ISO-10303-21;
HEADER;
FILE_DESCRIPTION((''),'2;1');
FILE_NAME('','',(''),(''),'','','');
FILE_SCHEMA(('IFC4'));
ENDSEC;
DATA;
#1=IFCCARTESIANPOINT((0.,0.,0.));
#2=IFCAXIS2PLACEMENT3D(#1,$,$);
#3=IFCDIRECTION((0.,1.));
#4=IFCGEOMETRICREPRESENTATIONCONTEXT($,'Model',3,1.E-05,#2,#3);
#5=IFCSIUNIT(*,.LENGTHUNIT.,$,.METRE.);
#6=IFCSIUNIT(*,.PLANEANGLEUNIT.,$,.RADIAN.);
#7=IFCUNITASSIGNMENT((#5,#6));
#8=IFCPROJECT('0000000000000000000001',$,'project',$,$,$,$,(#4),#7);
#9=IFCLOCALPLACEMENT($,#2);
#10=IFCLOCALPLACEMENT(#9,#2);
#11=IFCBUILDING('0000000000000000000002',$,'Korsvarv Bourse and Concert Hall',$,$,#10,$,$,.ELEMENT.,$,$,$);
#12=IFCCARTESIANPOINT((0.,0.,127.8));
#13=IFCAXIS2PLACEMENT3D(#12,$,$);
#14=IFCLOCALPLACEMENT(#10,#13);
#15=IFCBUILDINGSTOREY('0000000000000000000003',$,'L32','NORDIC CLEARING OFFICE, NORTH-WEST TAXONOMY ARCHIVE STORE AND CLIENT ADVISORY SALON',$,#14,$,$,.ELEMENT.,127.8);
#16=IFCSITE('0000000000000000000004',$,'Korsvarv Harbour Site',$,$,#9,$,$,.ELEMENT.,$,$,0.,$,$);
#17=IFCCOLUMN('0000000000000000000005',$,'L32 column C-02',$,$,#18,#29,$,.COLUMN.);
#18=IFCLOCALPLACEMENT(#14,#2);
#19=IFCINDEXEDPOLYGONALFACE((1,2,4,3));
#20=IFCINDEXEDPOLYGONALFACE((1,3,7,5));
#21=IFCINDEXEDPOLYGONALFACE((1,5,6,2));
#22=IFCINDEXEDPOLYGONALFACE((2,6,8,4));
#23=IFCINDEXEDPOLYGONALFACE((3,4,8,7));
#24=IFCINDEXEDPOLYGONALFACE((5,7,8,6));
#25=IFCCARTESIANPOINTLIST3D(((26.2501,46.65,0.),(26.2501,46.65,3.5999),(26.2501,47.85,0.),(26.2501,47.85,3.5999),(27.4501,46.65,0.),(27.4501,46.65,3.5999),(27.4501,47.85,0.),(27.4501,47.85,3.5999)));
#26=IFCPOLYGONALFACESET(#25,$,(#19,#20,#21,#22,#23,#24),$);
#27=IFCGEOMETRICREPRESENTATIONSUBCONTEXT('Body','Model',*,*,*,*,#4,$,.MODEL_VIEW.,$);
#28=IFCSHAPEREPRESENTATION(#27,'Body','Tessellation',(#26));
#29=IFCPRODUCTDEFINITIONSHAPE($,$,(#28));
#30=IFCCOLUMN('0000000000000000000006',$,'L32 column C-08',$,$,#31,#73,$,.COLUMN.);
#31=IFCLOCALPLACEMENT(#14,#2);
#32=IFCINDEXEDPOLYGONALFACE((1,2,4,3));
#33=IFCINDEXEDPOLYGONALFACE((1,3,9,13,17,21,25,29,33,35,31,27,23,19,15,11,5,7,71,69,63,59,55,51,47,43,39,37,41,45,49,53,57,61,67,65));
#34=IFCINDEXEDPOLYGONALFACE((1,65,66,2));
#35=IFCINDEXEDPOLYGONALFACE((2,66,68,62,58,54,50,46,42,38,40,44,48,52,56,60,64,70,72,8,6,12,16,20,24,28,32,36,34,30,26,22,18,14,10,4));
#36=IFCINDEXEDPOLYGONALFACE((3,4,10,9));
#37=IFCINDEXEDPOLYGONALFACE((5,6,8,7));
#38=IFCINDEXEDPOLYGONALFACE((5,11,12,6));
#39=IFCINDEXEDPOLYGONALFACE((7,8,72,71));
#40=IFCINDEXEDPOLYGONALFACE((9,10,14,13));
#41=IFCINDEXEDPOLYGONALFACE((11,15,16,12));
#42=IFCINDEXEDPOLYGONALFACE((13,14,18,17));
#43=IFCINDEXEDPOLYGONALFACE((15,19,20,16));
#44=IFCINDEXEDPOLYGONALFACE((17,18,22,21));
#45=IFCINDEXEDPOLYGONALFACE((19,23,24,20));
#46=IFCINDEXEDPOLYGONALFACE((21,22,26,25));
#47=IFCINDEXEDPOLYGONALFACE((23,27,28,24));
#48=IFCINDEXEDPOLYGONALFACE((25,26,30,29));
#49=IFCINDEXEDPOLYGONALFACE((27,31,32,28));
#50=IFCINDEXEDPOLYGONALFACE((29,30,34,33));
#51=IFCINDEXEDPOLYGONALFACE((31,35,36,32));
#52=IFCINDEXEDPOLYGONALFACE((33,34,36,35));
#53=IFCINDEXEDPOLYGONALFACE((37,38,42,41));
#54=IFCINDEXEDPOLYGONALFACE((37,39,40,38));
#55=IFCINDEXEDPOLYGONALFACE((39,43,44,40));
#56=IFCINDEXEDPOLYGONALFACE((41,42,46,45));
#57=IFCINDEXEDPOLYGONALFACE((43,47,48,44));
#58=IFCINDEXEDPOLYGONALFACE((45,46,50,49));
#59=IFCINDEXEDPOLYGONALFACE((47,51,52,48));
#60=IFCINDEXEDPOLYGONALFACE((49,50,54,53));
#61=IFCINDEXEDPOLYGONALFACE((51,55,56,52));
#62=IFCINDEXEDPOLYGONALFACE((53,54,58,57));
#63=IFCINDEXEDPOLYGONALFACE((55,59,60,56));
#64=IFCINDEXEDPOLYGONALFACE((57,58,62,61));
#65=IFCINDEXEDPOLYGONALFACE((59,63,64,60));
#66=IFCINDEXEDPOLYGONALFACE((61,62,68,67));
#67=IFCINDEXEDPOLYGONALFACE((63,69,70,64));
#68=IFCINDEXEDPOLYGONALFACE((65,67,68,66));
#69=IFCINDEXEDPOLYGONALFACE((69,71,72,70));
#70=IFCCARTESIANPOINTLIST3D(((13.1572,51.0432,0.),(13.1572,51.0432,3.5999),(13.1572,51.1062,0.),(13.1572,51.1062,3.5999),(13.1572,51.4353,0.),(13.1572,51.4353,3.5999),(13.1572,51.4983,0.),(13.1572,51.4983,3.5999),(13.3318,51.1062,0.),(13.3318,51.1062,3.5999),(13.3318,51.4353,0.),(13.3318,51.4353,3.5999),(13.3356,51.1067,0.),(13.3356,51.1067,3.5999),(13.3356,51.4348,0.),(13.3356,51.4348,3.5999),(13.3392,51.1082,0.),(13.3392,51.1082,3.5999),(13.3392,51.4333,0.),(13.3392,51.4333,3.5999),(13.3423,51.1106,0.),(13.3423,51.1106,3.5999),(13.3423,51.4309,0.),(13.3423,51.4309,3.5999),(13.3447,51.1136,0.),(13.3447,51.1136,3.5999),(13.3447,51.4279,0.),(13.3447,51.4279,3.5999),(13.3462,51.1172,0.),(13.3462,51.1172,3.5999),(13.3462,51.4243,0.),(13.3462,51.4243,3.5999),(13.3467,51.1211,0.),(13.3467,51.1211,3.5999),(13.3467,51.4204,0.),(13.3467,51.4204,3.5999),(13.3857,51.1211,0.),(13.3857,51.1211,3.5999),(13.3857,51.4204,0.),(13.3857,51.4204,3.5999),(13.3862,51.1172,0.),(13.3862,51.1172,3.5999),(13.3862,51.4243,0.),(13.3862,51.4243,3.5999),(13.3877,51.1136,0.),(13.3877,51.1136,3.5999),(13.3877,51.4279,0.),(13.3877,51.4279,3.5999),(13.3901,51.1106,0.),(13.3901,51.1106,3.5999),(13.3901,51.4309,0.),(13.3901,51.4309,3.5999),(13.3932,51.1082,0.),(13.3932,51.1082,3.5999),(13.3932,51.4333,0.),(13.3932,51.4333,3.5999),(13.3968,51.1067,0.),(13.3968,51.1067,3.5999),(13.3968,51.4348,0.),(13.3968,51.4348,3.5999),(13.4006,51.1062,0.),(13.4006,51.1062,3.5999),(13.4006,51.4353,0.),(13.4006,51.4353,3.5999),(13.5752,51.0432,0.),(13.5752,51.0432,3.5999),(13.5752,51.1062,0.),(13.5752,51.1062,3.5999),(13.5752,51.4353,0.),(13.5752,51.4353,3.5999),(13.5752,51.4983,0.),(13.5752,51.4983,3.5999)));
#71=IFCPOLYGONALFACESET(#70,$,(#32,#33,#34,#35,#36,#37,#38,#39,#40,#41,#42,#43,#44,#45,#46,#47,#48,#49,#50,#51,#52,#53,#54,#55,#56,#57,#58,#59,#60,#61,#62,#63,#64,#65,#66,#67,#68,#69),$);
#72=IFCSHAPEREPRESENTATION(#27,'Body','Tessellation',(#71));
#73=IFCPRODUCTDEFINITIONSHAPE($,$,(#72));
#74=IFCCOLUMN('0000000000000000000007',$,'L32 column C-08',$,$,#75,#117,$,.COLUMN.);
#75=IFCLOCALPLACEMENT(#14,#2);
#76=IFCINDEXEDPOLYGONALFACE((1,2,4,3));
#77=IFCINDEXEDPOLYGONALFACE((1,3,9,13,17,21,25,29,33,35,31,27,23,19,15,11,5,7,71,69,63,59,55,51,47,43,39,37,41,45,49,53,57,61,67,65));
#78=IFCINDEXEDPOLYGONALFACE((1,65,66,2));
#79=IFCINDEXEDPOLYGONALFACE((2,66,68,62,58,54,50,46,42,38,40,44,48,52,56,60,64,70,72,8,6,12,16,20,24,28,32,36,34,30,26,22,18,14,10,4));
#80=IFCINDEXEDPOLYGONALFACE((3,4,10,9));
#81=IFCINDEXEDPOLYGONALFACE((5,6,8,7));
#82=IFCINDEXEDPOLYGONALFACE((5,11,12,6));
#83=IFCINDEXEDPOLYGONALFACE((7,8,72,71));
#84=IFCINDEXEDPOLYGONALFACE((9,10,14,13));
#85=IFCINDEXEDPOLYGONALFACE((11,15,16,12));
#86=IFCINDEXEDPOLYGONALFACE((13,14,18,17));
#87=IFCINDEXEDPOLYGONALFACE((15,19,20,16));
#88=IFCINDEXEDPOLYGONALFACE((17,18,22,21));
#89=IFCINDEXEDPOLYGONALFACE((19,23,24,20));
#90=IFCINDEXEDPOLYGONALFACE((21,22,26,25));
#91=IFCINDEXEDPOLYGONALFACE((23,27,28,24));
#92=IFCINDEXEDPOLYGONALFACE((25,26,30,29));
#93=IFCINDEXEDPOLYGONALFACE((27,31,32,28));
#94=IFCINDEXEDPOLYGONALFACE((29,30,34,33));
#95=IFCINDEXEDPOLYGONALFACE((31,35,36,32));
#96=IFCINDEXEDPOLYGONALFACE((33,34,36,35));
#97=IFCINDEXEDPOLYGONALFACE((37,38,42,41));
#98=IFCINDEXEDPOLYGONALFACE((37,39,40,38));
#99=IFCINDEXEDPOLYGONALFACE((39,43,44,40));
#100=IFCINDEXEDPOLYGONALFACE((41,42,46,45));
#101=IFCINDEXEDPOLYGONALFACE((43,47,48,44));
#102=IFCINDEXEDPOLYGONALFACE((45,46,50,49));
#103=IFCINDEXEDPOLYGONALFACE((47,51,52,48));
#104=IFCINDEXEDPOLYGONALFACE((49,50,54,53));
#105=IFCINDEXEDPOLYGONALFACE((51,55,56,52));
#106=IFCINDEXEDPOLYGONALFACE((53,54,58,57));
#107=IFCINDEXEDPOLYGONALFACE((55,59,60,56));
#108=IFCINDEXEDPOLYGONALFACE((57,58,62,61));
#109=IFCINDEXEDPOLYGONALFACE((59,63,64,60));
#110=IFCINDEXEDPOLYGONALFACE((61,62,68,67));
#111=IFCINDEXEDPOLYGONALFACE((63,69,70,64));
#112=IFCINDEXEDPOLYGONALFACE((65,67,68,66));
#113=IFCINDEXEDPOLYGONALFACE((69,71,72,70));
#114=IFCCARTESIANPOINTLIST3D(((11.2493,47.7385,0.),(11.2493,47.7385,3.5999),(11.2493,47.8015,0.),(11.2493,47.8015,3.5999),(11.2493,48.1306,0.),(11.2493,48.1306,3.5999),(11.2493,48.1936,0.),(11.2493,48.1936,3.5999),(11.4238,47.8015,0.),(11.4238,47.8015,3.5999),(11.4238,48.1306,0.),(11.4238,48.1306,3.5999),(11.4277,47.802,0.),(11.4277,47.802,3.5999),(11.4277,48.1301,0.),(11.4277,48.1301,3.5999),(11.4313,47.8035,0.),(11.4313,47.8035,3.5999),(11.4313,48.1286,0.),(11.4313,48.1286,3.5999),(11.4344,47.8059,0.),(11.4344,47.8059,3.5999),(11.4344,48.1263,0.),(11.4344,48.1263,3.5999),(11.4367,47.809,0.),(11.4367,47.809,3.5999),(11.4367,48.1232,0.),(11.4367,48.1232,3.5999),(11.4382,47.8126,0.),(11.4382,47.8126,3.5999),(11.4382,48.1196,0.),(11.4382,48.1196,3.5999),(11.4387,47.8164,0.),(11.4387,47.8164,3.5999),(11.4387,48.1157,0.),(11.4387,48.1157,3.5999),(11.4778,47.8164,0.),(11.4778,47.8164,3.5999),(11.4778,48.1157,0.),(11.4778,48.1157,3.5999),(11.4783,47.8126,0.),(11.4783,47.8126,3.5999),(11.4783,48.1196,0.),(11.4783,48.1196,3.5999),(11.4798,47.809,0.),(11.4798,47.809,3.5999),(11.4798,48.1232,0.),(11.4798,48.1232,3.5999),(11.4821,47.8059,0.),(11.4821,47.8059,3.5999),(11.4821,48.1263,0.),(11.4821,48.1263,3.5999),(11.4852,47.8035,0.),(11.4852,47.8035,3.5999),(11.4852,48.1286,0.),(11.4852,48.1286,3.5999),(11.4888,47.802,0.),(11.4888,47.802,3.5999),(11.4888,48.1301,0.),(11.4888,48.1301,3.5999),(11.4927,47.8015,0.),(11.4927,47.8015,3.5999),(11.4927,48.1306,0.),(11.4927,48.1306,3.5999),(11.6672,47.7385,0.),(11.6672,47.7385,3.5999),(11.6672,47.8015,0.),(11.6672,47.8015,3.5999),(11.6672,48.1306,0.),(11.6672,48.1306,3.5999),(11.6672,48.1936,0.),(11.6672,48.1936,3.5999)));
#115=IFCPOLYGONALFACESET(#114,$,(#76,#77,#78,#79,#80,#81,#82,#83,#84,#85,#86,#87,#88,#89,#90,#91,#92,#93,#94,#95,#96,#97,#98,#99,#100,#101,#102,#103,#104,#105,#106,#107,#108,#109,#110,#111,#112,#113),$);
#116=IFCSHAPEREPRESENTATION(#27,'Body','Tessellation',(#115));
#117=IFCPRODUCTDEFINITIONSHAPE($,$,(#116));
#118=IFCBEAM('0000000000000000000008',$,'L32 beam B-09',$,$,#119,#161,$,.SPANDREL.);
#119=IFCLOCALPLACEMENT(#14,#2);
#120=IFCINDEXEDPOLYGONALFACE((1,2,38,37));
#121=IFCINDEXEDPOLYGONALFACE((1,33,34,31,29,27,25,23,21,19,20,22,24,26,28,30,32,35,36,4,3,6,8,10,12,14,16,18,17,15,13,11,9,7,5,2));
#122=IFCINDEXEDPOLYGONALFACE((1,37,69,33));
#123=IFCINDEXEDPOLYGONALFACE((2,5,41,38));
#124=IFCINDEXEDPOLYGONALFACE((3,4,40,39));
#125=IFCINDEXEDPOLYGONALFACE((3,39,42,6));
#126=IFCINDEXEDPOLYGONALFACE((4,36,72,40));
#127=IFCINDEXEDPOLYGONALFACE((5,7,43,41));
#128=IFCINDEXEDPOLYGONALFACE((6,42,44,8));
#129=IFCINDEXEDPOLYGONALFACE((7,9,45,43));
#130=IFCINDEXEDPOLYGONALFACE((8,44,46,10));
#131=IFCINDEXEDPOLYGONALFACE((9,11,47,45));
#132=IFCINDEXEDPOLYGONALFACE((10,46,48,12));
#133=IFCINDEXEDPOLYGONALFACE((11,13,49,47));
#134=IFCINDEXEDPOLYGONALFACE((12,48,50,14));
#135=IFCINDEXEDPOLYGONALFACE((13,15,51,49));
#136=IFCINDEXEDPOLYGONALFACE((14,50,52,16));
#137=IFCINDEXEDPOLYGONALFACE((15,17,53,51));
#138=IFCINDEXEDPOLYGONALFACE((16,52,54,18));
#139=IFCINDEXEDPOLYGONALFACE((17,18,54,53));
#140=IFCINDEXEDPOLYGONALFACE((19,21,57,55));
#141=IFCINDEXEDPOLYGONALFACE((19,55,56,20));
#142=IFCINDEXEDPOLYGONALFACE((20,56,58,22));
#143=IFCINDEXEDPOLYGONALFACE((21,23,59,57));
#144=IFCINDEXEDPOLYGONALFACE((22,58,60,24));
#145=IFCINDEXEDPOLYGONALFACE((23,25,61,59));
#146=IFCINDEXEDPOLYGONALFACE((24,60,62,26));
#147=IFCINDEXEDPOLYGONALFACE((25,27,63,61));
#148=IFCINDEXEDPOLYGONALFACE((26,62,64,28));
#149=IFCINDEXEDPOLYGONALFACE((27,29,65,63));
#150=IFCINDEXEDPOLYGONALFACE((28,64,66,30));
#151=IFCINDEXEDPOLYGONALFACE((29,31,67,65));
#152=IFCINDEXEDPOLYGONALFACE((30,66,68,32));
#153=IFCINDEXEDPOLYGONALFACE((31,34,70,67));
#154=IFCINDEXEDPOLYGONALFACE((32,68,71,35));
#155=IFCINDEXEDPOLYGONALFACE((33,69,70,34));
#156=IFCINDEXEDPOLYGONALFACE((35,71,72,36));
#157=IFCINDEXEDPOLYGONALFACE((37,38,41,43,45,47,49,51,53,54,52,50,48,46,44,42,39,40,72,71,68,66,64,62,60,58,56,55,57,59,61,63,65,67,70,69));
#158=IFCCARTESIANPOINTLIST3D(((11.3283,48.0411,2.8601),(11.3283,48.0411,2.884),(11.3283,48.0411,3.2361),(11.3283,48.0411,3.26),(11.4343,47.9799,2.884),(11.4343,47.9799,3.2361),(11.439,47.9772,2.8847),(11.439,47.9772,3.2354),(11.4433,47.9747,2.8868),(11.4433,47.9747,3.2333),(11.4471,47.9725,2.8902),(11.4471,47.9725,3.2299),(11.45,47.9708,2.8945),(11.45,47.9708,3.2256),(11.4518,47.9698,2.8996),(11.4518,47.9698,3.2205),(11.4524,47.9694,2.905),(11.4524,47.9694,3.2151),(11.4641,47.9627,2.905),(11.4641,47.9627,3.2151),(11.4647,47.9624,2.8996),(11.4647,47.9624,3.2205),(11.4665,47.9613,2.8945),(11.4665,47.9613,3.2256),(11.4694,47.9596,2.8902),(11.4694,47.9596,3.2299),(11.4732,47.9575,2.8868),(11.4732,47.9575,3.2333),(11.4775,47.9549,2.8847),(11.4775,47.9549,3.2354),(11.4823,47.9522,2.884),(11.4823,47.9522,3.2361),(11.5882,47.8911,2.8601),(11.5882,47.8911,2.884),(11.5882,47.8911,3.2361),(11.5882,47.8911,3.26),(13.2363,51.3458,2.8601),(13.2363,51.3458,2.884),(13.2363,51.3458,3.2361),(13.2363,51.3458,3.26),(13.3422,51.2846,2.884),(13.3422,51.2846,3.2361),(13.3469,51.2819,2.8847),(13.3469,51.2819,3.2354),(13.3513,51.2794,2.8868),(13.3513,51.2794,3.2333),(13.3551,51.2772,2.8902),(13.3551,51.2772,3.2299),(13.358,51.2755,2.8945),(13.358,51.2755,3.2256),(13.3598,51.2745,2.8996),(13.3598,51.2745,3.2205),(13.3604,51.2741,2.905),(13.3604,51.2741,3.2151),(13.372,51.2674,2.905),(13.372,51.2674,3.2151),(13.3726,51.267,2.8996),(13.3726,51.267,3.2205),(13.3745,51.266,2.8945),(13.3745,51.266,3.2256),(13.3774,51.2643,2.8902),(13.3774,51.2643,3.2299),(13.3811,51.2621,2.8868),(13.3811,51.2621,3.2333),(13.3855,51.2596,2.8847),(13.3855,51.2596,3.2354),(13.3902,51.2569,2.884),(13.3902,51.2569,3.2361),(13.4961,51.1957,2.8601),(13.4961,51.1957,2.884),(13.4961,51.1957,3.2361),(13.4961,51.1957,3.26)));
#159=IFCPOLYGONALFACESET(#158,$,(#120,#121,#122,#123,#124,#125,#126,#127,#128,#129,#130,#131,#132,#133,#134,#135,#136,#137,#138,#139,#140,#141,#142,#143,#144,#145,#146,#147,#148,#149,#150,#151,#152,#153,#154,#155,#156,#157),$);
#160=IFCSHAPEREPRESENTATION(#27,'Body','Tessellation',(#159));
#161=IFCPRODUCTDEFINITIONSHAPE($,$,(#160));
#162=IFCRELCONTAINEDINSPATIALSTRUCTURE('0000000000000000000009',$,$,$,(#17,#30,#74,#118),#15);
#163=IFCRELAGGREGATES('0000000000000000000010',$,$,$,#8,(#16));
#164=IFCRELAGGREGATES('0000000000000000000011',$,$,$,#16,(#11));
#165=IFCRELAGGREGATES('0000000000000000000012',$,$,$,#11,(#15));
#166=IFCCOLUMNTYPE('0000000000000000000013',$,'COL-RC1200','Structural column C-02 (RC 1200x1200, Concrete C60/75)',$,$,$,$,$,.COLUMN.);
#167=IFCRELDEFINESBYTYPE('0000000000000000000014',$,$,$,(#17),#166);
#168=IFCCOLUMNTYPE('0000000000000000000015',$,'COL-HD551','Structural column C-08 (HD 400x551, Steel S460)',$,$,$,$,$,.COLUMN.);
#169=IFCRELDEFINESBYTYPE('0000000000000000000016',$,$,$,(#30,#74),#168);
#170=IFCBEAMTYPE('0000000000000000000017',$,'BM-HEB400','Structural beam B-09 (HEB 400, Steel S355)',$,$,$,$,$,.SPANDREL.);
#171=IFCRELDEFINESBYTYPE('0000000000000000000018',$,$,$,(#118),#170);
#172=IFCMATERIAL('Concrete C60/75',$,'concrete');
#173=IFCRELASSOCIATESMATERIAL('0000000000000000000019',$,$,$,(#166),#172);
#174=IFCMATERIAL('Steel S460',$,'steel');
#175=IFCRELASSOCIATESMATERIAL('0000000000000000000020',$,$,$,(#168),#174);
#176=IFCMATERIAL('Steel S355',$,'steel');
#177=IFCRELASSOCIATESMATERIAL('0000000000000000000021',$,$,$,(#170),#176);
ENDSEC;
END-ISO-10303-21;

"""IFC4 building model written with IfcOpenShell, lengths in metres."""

from ifc_helpers import new_model, si_unit, direction, frame, origin, origin_2d, place, context, subcontext, project, spatial, rectangle, i_section, extrude, source, transform, mapped, material, material_profile, profile_set, type_object, element, save


model = new_model("IFC4")

# Units and contexts
model_context = context("Model", 3, precision=1e-05, world=origin(), true_north=direction((0.0, 1.0)))
body_context = subcontext(model_context, "Body", "Model", "MODEL_VIEW")
ifc_project = project(units=[si_unit("LENGTHUNIT", "METRE"), si_unit("PLANEANGLEUNIT", "RADIAN")], contexts=[model_context])

# Site, building, storey
site_placement = place(None, origin())
site = spatial("IfcSite", under=ifc_project, at=site_placement, Name="Korsvarv Harbour Site", CompositionType="ELEMENT", RefElevation=0.0)
building_placement = place(site_placement, origin())
building = spatial("IfcBuilding", under=site, at=building_placement, Name="Korsvarv Bourse and Concert Hall", CompositionType="ELEMENT")
storey_placement = place(building_placement, frame((0.0, 0.0, 127.8)))
storey = spatial("IfcBuildingStorey", under=building, at=storey_placement, Name="L32", Description="NORDIC CLEARING OFFICE, NORTH-WEST TAXONOMY ARCHIVE STORE AND CLIENT ADVISORY SALON", CompositionType="ELEMENT", Elevation=127.8)

# Columns
ifc_material_1 = material(Name="Concrete C60/75", Category="concrete")
ifc_material_profile_1 = material_profile(ifc_material_1, rectangle(XDim=1.2, YDim=1.2, at=origin_2d()), Name="RC 1200x1200")
ifc_profile_set_1 = profile_set([ifc_material_profile_1], Name="Concrete C60/75")
column_type_1 = type_object("IfcColumnType", Name="COL-RC1200", Description="Structural column C-02 (RC 1200x1200, Concrete C60/75)", PredefinedType="COLUMN", material=ifc_profile_set_1)
shared_shape_1 = source(origin(), body_context, "Body", "SweptSolid", [
    extrude(rectangle(XDim=1.2, YDim=1.2, at=origin_2d()), origin(), (0.0, 0.0, 1.0), 3.5999),
])
column_placement = place(storey_placement, frame((26.8501, 47.25, 0.0), z_axis=(0.0, 0.0, 1.0), x_axis=(1.0, 0.0, 0.0)))
element("IfcColumn", 1, at=column_placement, inside=storey, type_object=column_type_1, Name="L32 column C-02", PredefinedType="COLUMN", context=body_context, shape_type="MappedRepresentation", body=[
    mapped(shared_shape_1, transform((0.0, 0.0, 0.0), scale=1.0)),
])
ifc_material_2 = material(Name="Steel S460", Category="steel")
ifc_material_profile_2 = material_profile(ifc_material_2, i_section(OverallWidth=0.418, OverallDepth=0.4551, WebThickness=0.0391, FlangeThickness=0.063, FilletRadius=0.0149, at=origin_2d()), Name="HD 400x551")
ifc_profile_set_2 = profile_set([ifc_material_profile_2], Name="Steel S460")
column_type_2 = type_object("IfcColumnType", Name="COL-HD551", Description="Structural column C-08 (HD 400x551, Steel S460)", PredefinedType="COLUMN", material=ifc_profile_set_2)
shared_shape_2 = source(origin(), body_context, "Body", "SweptSolid", [
    extrude(i_section(OverallWidth=0.418, OverallDepth=0.4551, WebThickness=0.0391, FlangeThickness=0.063, FilletRadius=0.0149, at=origin_2d()), origin(), (0.0, 0.0, 1.0), 3.5999),
])
for number, where, z_axis, x_axis, name in (
    (2, (13.3662, 51.2708, 0.0), (0.0, 0.0, 1.0), (1.0, 0.0, 0.0), "L32 column C-08"),
    (3, (11.4583, 47.9661, 0.0), (0.0, 0.0, 1.0), (1.0, 0.0, 0.0), "L32 column C-08"),
):
    element("IfcColumn", number, at=place(storey_placement, frame(where, z_axis=z_axis, x_axis=x_axis)), inside=storey, type_object=column_type_2, Name=name, PredefinedType="COLUMN", context=body_context, shape_type="MappedRepresentation", body=[
        mapped(shared_shape_2, transform((0.0, 0.0, 0.0), scale=1.0)),
    ])

# Beam
ifc_material_3 = material(Name="Steel S355", Category="steel")
ifc_material_profile_3 = material_profile(ifc_material_3, i_section(OverallWidth=0.3, OverallDepth=0.3999, WebThickness=0.0134, FlangeThickness=0.0239, FilletRadius=0.021, at=origin_2d()), Name="HEB 400")
ifc_profile_set_3 = profile_set([ifc_material_profile_3], Name="Steel S355")
beam_type_1 = type_object("IfcBeamType", Name="BM-HEB400", Description="Structural beam B-09 (HEB 400, Steel S355)", PredefinedType="SPANDREL", material=ifc_profile_set_3)
shared_shape_3 = source(origin(), body_context, "Body", "SweptSolid", [
    extrude(i_section(OverallWidth=0.3, OverallDepth=0.3999, WebThickness=0.0134, FlangeThickness=0.0239, FilletRadius=0.021, at=origin_2d()), origin(), (0.0, 0.0, 1.0), 3.8159),
])
beam_1_placement = place(storey_placement, frame((13.3662, 51.2708, 3.0601), z_axis=(-0.499999, -0.866026, 0.0), x_axis=(0.866026, -0.499999, 0.0)))
element("IfcBeam", 4, at=beam_1_placement, inside=storey, type_object=beam_type_1, Name="L32 beam B-09", PredefinedType="SPANDREL", context=body_context, shape_type="MappedRepresentation", body=[
    mapped(shared_shape_3, transform((0.0, 0.0, 0.0), scale=1.0)),
])

save(model, "model.ifc")
